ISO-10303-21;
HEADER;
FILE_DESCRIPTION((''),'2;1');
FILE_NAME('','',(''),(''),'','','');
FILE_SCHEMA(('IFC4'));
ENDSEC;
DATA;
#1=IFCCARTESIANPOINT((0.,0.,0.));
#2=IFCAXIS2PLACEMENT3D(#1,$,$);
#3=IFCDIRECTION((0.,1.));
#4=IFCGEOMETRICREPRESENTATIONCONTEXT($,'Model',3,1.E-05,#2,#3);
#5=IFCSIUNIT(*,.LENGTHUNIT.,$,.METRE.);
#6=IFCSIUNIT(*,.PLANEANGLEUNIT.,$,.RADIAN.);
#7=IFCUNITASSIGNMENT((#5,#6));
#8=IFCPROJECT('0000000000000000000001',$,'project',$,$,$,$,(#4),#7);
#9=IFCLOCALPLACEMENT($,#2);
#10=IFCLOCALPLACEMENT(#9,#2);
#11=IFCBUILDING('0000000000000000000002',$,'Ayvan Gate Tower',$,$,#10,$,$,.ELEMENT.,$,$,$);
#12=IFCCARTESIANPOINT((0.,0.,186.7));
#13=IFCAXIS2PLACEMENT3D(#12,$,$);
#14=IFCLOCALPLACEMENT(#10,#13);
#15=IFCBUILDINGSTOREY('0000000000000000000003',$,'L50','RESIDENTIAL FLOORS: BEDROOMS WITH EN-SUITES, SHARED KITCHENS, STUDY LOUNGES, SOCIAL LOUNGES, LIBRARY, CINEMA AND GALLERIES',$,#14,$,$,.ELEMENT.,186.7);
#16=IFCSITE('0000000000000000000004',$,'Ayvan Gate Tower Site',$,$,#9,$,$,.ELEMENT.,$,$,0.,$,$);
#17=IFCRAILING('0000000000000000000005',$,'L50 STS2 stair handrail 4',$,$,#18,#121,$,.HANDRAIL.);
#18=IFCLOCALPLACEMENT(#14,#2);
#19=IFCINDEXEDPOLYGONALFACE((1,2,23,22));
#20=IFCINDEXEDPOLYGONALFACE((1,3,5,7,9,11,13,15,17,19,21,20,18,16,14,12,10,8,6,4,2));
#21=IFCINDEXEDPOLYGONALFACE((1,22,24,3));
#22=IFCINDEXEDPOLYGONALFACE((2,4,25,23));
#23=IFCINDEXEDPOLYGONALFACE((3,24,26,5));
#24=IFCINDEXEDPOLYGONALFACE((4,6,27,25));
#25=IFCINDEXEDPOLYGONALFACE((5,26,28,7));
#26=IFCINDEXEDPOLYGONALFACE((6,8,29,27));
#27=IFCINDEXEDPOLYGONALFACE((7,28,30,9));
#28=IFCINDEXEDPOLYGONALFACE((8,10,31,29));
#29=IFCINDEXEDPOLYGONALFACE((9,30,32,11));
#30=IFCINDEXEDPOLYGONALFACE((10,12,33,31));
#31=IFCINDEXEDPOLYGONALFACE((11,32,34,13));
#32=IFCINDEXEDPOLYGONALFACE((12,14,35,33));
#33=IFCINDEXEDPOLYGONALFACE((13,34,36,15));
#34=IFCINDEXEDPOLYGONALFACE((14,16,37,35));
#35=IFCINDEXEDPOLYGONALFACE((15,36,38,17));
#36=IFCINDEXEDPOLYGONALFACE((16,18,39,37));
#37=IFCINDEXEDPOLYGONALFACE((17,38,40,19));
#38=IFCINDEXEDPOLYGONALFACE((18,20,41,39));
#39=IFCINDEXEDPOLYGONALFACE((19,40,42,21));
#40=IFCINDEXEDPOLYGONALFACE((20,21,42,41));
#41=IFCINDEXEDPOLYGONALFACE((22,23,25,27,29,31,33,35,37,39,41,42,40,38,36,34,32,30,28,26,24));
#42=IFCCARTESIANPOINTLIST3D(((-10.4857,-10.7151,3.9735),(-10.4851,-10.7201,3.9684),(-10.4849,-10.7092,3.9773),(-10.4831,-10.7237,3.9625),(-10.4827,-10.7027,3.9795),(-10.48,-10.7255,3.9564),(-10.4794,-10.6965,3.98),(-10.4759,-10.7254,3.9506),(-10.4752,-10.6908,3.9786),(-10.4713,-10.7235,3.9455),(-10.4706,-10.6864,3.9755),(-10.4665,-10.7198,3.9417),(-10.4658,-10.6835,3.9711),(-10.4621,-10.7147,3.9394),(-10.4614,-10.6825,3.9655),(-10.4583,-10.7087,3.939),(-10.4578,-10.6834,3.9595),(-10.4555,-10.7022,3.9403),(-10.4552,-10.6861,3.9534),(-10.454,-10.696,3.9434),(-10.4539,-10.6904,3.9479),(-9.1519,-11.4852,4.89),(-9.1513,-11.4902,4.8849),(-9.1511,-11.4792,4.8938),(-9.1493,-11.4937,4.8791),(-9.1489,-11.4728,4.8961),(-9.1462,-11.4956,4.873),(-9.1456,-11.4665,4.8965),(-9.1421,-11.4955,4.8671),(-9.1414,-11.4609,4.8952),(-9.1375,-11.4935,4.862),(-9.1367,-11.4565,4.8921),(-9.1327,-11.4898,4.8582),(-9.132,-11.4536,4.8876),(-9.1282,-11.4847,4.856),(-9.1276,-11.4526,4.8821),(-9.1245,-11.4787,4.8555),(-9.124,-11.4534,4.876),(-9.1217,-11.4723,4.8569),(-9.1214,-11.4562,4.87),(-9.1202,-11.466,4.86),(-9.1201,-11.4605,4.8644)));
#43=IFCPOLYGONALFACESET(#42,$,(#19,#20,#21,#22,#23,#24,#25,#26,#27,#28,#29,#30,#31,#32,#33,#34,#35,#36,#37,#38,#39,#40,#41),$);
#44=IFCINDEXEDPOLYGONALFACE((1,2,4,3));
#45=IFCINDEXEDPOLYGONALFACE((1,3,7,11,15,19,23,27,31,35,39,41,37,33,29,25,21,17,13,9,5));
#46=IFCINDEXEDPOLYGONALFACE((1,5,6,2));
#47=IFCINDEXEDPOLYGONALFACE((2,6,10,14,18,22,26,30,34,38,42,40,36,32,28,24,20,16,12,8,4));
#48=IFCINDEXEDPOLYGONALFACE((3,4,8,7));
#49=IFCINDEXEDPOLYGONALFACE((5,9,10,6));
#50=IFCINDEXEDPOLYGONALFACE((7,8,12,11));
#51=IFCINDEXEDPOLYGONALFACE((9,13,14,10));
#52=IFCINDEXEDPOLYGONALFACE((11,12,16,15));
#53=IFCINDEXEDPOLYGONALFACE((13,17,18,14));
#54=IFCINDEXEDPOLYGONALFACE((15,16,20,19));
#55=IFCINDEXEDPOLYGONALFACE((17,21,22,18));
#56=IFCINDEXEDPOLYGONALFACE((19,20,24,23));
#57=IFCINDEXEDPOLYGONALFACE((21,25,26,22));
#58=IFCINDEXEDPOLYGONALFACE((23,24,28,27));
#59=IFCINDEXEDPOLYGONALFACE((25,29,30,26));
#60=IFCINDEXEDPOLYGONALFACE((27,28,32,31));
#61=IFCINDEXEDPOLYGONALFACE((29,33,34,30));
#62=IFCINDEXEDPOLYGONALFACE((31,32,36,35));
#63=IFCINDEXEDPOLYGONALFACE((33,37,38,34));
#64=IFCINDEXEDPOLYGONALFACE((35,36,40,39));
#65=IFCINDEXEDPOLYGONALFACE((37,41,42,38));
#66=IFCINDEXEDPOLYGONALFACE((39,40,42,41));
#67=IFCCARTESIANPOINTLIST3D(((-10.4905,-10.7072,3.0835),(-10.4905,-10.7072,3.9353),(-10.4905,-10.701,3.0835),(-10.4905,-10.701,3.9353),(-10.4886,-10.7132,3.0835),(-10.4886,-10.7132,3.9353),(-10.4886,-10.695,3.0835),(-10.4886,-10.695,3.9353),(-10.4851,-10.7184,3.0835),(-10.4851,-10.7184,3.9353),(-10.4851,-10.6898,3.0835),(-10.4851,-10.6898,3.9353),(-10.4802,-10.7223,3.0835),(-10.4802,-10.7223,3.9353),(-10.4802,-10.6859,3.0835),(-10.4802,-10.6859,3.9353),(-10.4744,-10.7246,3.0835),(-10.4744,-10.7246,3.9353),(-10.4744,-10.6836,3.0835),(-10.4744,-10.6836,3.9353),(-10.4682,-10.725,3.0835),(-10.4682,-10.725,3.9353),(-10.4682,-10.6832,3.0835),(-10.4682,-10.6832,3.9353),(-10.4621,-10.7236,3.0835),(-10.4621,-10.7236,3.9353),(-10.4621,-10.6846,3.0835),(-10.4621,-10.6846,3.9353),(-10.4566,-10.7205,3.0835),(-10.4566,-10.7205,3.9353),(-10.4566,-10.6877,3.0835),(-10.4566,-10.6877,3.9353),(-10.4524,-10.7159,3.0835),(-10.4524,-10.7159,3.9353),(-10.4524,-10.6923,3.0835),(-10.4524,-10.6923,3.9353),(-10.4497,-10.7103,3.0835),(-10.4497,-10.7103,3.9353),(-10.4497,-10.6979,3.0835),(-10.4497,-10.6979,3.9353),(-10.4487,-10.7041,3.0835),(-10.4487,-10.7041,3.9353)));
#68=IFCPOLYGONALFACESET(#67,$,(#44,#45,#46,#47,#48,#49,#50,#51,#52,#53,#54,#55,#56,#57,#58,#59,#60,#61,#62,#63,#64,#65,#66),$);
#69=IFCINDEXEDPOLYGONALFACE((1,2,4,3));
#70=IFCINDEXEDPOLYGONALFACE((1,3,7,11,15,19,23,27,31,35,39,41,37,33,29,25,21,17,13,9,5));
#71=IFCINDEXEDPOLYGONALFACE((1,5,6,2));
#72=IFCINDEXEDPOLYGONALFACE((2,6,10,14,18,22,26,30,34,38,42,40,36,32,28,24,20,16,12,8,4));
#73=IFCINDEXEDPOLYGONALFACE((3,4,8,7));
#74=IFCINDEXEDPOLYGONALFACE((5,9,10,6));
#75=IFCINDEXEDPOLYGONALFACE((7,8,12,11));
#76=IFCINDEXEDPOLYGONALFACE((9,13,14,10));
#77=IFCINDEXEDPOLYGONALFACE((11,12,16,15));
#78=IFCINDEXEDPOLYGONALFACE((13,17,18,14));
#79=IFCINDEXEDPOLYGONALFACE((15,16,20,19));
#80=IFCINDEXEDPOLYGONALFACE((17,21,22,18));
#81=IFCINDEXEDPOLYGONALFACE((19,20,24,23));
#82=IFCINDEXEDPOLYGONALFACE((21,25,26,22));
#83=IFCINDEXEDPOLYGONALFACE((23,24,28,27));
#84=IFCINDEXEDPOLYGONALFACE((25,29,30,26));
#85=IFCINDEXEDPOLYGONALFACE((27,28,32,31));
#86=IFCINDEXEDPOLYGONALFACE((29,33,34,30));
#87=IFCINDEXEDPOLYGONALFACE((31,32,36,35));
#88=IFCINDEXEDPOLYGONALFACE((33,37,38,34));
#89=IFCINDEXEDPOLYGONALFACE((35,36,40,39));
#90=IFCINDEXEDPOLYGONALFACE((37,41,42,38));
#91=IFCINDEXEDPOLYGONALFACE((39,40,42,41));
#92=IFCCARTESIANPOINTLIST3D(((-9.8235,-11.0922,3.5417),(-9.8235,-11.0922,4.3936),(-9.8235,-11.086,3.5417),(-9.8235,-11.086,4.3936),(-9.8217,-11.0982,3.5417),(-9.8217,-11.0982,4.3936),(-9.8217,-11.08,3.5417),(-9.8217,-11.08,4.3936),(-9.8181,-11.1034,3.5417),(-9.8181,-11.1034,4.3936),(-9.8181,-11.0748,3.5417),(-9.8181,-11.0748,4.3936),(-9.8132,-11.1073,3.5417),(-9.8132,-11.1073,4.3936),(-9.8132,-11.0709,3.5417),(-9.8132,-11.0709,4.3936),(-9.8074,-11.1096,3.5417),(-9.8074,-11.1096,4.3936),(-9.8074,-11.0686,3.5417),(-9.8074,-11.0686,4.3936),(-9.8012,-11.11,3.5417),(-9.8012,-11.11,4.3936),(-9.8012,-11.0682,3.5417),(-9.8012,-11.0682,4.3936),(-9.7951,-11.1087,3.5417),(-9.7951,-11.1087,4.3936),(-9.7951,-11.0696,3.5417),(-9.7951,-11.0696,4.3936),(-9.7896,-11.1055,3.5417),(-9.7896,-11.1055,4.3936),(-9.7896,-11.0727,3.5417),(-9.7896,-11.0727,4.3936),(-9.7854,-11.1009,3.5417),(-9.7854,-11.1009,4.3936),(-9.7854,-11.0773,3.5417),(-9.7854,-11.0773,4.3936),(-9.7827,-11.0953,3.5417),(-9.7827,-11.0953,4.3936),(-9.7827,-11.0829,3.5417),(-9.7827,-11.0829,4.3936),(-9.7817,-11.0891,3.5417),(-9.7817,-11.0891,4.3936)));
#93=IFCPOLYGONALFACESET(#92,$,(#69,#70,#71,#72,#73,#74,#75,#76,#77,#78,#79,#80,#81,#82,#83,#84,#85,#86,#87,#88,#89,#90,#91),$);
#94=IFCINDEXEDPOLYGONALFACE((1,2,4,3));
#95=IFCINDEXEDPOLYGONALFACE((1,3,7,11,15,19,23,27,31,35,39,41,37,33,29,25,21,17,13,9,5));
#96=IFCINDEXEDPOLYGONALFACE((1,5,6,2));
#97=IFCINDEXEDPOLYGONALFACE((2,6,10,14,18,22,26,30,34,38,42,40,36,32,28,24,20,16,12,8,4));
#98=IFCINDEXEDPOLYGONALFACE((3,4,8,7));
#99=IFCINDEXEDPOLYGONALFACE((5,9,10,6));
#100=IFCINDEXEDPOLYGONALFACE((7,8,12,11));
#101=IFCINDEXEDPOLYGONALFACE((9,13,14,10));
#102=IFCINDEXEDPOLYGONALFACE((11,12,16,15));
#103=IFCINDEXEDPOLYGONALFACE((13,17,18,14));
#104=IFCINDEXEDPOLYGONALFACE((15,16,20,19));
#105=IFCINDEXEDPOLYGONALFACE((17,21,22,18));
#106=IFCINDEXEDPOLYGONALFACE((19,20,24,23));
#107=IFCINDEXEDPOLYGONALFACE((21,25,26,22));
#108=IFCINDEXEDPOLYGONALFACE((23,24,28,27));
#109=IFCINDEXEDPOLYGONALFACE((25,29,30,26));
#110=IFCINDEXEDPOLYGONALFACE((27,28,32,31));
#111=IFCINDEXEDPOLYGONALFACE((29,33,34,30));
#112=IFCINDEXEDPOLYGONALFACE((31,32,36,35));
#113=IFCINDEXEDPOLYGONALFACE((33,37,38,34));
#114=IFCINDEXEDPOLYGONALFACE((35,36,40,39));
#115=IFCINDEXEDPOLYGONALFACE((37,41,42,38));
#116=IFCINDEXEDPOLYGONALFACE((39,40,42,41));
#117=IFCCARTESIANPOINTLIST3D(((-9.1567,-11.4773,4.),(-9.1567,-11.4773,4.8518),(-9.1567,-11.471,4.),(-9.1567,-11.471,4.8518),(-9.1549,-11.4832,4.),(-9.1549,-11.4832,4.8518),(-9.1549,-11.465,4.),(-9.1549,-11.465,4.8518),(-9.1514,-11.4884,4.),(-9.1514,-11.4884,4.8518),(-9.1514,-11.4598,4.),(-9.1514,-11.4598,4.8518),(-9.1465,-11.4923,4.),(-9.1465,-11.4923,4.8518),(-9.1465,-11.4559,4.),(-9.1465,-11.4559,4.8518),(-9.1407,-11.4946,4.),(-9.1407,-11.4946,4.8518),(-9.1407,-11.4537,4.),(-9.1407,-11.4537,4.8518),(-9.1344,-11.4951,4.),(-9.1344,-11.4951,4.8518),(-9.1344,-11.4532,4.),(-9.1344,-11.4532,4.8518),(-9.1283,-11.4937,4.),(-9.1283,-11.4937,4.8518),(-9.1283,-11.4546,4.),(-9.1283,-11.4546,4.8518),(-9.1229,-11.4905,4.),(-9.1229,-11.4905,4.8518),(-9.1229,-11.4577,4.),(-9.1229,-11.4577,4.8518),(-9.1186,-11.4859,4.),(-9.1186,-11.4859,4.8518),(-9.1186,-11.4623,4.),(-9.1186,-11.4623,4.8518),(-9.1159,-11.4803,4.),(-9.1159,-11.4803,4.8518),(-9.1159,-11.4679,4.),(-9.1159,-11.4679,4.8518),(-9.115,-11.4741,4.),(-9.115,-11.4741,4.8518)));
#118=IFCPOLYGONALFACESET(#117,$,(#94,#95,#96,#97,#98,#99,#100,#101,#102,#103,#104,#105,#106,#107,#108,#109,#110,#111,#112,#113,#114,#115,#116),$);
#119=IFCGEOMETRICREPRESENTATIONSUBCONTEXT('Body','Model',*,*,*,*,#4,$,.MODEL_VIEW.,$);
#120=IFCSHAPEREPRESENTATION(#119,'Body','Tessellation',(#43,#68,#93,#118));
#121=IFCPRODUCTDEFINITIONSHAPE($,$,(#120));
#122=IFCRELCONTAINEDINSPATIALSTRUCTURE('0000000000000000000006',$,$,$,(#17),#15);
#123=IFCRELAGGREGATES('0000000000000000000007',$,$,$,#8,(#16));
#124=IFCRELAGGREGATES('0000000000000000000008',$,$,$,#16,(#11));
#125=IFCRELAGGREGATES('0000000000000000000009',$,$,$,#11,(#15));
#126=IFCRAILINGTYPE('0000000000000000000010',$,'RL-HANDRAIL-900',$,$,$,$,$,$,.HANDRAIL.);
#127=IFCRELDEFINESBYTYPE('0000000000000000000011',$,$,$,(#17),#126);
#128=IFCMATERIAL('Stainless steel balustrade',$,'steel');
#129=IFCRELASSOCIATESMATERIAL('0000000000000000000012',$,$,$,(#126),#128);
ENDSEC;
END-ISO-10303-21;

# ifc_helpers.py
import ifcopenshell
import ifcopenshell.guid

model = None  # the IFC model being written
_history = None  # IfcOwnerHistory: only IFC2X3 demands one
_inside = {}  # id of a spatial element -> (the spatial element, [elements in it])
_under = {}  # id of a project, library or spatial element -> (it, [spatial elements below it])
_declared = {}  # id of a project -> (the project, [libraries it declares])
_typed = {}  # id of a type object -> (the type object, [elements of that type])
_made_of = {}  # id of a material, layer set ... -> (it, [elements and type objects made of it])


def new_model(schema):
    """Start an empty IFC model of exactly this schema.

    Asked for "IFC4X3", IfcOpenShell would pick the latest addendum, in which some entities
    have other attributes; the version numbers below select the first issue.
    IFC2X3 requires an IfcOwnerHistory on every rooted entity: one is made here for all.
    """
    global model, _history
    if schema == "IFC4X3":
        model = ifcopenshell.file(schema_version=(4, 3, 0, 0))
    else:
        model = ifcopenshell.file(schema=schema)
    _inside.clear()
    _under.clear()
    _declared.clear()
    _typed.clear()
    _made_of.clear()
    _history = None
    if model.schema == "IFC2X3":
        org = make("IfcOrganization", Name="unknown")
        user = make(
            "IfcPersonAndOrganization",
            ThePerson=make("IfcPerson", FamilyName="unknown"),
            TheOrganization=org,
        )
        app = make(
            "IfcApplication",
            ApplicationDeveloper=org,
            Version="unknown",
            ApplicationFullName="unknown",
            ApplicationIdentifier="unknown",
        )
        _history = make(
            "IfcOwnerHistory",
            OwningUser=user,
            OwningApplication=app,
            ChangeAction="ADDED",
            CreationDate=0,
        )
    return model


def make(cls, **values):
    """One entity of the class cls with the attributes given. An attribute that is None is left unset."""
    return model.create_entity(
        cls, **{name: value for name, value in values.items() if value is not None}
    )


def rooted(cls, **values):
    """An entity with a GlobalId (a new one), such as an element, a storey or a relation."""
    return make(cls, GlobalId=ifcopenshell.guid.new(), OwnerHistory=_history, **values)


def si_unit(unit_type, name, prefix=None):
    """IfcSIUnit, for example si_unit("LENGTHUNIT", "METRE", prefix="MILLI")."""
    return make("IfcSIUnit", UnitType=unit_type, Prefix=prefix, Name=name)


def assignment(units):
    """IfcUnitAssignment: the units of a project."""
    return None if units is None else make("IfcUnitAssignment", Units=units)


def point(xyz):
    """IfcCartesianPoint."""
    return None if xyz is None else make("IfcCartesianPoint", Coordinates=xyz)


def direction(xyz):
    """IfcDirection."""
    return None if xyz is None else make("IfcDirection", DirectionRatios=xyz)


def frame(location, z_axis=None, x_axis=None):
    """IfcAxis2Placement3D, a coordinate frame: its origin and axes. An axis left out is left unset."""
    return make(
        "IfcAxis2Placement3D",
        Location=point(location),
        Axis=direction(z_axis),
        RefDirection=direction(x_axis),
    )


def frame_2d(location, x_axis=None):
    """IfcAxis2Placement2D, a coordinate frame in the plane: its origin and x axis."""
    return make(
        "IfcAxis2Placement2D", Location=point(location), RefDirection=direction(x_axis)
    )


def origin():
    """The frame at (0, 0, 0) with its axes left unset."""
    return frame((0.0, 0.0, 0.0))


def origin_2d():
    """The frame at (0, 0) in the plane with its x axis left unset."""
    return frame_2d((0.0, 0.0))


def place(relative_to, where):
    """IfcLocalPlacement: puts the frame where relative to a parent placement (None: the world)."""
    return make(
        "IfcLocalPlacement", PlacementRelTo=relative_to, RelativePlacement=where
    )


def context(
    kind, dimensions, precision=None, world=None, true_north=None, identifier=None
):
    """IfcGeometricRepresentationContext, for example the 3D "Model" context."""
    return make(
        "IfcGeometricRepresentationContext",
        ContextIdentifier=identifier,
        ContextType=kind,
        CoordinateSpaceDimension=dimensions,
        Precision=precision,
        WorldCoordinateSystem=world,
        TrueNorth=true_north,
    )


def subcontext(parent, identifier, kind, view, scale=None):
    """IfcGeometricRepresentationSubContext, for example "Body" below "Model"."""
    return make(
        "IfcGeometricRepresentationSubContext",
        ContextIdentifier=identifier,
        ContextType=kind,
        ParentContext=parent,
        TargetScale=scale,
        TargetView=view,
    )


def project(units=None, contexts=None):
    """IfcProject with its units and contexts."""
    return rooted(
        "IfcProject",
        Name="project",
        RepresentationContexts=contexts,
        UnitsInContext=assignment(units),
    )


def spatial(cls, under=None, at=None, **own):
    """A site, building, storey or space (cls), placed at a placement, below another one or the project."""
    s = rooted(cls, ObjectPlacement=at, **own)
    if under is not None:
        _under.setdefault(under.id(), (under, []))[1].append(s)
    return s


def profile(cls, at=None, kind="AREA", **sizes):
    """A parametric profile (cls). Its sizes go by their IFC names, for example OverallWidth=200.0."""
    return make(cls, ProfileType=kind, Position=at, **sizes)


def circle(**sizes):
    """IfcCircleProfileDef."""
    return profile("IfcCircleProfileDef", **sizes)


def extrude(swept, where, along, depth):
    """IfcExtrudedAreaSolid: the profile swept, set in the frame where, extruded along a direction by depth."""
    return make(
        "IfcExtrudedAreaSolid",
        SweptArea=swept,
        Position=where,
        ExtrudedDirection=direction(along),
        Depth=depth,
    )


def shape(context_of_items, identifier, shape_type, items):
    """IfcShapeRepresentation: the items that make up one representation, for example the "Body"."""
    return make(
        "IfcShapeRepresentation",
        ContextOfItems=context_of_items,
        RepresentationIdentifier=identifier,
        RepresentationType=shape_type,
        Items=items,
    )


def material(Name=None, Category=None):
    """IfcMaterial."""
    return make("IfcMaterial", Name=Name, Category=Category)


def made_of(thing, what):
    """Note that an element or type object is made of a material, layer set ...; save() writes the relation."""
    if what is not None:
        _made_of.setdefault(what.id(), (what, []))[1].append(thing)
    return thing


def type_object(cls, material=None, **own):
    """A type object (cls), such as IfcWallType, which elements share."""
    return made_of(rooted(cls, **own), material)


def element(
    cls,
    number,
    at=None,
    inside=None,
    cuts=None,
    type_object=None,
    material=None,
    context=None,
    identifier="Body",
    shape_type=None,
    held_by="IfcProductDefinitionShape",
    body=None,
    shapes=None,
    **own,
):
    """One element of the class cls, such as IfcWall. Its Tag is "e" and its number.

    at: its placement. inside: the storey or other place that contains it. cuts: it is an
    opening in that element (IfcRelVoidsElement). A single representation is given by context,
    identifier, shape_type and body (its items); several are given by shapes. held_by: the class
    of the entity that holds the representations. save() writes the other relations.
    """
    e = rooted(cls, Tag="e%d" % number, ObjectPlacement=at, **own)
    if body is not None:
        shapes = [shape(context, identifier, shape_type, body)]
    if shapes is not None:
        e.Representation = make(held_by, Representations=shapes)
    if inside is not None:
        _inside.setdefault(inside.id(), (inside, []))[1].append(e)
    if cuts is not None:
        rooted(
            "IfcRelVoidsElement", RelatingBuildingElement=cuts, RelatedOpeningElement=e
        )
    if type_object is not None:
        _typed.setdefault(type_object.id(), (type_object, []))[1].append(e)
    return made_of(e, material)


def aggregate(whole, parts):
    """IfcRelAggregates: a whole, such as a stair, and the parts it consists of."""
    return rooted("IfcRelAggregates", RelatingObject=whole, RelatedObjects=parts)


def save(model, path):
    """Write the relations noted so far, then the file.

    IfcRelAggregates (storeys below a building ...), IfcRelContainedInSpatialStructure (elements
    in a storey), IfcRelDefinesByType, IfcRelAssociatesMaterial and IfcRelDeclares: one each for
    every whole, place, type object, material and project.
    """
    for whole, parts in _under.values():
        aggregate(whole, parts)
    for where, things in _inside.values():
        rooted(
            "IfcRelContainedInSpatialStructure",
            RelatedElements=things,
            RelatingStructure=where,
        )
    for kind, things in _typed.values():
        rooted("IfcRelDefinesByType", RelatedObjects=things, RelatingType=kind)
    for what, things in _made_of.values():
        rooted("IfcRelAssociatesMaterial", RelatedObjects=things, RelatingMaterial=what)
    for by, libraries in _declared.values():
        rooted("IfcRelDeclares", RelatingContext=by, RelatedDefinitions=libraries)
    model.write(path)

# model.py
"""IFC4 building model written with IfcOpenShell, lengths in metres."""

from ifc_helpers import new_model, si_unit, direction, frame, origin, origin_2d, place, context, subcontext, project, spatial, circle, extrude, material, type_object, element, save


model = new_model("IFC4")

# Units and contexts
model_context = context("Model", 3, precision=1e-05, world=origin(), true_north=direction((0.0, 1.0)))
body_context = subcontext(model_context, "Body", "Model", "MODEL_VIEW")
ifc_project = project(units=[si_unit("LENGTHUNIT", "METRE"), si_unit("PLANEANGLEUNIT", "RADIAN")], contexts=[model_context])

# Site, building, storey
site_placement = place(None, origin())
site = spatial("IfcSite", under=ifc_project, at=site_placement, Name="Ayvan Gate Tower Site", CompositionType="ELEMENT", RefElevation=0.0)
building_placement = place(site_placement, origin())
building = spatial("IfcBuilding", under=site, at=building_placement, Name="Ayvan Gate Tower", CompositionType="ELEMENT")
storey_placement = place(building_placement, frame((0.0, 0.0, 186.7)))
storey = spatial("IfcBuildingStorey", under=building, at=storey_placement, Name="L50", Description="RESIDENTIAL FLOORS: BEDROOMS WITH EN-SUITES, SHARED KITCHENS, STUDY LOUNGES, SOCIAL LOUNGES, LIBRARY, CINEMA AND GALLERIES", CompositionType="ELEMENT", Elevation=186.7)

# Railing
ifc_material_1 = material(Name="Stainless steel balustrade", Category="steel")
railing_type = type_object("IfcRailingType", Name="RL-HANDRAIL-900", PredefinedType="HANDRAIL", material=ifc_material_1)
railing_1_placement = place(storey_placement, frame((-10.4697, -10.7041, 3.0835)))
element("IfcRailing", 1, at=railing_1_placement, inside=storey, type_object=railing_type, Name="L50 STS2 stair handrail 4", PredefinedType="HANDRAIL", context=body_context, shape_type="SweptSolid", body=[
    extrude(circle(Radius=0.0239, at=origin_2d()), frame((0.0, 0.0, 0.876), z_axis=(0.744216, -0.429664, 0.511401), x_axis=(0.499992, 0.86603, 0.0)), (0.0, 0.0, 1.0), 1.7922),
    extrude(circle(Radius=0.021, at=origin_2d()), origin(), (0.0, 0.0, 1.0), 0.8518),
    extrude(circle(Radius=0.021, at=origin_2d()), frame((0.667, -0.385, 0.4583)), (0.0, 0.0, 1.0), 0.8518),
    extrude(circle(Radius=0.021, at=origin_2d()), frame((1.3337, -0.77, 0.9165)), (0.0, 0.0, 1.0), 0.8518),
])

save(model, "model.ifc")
